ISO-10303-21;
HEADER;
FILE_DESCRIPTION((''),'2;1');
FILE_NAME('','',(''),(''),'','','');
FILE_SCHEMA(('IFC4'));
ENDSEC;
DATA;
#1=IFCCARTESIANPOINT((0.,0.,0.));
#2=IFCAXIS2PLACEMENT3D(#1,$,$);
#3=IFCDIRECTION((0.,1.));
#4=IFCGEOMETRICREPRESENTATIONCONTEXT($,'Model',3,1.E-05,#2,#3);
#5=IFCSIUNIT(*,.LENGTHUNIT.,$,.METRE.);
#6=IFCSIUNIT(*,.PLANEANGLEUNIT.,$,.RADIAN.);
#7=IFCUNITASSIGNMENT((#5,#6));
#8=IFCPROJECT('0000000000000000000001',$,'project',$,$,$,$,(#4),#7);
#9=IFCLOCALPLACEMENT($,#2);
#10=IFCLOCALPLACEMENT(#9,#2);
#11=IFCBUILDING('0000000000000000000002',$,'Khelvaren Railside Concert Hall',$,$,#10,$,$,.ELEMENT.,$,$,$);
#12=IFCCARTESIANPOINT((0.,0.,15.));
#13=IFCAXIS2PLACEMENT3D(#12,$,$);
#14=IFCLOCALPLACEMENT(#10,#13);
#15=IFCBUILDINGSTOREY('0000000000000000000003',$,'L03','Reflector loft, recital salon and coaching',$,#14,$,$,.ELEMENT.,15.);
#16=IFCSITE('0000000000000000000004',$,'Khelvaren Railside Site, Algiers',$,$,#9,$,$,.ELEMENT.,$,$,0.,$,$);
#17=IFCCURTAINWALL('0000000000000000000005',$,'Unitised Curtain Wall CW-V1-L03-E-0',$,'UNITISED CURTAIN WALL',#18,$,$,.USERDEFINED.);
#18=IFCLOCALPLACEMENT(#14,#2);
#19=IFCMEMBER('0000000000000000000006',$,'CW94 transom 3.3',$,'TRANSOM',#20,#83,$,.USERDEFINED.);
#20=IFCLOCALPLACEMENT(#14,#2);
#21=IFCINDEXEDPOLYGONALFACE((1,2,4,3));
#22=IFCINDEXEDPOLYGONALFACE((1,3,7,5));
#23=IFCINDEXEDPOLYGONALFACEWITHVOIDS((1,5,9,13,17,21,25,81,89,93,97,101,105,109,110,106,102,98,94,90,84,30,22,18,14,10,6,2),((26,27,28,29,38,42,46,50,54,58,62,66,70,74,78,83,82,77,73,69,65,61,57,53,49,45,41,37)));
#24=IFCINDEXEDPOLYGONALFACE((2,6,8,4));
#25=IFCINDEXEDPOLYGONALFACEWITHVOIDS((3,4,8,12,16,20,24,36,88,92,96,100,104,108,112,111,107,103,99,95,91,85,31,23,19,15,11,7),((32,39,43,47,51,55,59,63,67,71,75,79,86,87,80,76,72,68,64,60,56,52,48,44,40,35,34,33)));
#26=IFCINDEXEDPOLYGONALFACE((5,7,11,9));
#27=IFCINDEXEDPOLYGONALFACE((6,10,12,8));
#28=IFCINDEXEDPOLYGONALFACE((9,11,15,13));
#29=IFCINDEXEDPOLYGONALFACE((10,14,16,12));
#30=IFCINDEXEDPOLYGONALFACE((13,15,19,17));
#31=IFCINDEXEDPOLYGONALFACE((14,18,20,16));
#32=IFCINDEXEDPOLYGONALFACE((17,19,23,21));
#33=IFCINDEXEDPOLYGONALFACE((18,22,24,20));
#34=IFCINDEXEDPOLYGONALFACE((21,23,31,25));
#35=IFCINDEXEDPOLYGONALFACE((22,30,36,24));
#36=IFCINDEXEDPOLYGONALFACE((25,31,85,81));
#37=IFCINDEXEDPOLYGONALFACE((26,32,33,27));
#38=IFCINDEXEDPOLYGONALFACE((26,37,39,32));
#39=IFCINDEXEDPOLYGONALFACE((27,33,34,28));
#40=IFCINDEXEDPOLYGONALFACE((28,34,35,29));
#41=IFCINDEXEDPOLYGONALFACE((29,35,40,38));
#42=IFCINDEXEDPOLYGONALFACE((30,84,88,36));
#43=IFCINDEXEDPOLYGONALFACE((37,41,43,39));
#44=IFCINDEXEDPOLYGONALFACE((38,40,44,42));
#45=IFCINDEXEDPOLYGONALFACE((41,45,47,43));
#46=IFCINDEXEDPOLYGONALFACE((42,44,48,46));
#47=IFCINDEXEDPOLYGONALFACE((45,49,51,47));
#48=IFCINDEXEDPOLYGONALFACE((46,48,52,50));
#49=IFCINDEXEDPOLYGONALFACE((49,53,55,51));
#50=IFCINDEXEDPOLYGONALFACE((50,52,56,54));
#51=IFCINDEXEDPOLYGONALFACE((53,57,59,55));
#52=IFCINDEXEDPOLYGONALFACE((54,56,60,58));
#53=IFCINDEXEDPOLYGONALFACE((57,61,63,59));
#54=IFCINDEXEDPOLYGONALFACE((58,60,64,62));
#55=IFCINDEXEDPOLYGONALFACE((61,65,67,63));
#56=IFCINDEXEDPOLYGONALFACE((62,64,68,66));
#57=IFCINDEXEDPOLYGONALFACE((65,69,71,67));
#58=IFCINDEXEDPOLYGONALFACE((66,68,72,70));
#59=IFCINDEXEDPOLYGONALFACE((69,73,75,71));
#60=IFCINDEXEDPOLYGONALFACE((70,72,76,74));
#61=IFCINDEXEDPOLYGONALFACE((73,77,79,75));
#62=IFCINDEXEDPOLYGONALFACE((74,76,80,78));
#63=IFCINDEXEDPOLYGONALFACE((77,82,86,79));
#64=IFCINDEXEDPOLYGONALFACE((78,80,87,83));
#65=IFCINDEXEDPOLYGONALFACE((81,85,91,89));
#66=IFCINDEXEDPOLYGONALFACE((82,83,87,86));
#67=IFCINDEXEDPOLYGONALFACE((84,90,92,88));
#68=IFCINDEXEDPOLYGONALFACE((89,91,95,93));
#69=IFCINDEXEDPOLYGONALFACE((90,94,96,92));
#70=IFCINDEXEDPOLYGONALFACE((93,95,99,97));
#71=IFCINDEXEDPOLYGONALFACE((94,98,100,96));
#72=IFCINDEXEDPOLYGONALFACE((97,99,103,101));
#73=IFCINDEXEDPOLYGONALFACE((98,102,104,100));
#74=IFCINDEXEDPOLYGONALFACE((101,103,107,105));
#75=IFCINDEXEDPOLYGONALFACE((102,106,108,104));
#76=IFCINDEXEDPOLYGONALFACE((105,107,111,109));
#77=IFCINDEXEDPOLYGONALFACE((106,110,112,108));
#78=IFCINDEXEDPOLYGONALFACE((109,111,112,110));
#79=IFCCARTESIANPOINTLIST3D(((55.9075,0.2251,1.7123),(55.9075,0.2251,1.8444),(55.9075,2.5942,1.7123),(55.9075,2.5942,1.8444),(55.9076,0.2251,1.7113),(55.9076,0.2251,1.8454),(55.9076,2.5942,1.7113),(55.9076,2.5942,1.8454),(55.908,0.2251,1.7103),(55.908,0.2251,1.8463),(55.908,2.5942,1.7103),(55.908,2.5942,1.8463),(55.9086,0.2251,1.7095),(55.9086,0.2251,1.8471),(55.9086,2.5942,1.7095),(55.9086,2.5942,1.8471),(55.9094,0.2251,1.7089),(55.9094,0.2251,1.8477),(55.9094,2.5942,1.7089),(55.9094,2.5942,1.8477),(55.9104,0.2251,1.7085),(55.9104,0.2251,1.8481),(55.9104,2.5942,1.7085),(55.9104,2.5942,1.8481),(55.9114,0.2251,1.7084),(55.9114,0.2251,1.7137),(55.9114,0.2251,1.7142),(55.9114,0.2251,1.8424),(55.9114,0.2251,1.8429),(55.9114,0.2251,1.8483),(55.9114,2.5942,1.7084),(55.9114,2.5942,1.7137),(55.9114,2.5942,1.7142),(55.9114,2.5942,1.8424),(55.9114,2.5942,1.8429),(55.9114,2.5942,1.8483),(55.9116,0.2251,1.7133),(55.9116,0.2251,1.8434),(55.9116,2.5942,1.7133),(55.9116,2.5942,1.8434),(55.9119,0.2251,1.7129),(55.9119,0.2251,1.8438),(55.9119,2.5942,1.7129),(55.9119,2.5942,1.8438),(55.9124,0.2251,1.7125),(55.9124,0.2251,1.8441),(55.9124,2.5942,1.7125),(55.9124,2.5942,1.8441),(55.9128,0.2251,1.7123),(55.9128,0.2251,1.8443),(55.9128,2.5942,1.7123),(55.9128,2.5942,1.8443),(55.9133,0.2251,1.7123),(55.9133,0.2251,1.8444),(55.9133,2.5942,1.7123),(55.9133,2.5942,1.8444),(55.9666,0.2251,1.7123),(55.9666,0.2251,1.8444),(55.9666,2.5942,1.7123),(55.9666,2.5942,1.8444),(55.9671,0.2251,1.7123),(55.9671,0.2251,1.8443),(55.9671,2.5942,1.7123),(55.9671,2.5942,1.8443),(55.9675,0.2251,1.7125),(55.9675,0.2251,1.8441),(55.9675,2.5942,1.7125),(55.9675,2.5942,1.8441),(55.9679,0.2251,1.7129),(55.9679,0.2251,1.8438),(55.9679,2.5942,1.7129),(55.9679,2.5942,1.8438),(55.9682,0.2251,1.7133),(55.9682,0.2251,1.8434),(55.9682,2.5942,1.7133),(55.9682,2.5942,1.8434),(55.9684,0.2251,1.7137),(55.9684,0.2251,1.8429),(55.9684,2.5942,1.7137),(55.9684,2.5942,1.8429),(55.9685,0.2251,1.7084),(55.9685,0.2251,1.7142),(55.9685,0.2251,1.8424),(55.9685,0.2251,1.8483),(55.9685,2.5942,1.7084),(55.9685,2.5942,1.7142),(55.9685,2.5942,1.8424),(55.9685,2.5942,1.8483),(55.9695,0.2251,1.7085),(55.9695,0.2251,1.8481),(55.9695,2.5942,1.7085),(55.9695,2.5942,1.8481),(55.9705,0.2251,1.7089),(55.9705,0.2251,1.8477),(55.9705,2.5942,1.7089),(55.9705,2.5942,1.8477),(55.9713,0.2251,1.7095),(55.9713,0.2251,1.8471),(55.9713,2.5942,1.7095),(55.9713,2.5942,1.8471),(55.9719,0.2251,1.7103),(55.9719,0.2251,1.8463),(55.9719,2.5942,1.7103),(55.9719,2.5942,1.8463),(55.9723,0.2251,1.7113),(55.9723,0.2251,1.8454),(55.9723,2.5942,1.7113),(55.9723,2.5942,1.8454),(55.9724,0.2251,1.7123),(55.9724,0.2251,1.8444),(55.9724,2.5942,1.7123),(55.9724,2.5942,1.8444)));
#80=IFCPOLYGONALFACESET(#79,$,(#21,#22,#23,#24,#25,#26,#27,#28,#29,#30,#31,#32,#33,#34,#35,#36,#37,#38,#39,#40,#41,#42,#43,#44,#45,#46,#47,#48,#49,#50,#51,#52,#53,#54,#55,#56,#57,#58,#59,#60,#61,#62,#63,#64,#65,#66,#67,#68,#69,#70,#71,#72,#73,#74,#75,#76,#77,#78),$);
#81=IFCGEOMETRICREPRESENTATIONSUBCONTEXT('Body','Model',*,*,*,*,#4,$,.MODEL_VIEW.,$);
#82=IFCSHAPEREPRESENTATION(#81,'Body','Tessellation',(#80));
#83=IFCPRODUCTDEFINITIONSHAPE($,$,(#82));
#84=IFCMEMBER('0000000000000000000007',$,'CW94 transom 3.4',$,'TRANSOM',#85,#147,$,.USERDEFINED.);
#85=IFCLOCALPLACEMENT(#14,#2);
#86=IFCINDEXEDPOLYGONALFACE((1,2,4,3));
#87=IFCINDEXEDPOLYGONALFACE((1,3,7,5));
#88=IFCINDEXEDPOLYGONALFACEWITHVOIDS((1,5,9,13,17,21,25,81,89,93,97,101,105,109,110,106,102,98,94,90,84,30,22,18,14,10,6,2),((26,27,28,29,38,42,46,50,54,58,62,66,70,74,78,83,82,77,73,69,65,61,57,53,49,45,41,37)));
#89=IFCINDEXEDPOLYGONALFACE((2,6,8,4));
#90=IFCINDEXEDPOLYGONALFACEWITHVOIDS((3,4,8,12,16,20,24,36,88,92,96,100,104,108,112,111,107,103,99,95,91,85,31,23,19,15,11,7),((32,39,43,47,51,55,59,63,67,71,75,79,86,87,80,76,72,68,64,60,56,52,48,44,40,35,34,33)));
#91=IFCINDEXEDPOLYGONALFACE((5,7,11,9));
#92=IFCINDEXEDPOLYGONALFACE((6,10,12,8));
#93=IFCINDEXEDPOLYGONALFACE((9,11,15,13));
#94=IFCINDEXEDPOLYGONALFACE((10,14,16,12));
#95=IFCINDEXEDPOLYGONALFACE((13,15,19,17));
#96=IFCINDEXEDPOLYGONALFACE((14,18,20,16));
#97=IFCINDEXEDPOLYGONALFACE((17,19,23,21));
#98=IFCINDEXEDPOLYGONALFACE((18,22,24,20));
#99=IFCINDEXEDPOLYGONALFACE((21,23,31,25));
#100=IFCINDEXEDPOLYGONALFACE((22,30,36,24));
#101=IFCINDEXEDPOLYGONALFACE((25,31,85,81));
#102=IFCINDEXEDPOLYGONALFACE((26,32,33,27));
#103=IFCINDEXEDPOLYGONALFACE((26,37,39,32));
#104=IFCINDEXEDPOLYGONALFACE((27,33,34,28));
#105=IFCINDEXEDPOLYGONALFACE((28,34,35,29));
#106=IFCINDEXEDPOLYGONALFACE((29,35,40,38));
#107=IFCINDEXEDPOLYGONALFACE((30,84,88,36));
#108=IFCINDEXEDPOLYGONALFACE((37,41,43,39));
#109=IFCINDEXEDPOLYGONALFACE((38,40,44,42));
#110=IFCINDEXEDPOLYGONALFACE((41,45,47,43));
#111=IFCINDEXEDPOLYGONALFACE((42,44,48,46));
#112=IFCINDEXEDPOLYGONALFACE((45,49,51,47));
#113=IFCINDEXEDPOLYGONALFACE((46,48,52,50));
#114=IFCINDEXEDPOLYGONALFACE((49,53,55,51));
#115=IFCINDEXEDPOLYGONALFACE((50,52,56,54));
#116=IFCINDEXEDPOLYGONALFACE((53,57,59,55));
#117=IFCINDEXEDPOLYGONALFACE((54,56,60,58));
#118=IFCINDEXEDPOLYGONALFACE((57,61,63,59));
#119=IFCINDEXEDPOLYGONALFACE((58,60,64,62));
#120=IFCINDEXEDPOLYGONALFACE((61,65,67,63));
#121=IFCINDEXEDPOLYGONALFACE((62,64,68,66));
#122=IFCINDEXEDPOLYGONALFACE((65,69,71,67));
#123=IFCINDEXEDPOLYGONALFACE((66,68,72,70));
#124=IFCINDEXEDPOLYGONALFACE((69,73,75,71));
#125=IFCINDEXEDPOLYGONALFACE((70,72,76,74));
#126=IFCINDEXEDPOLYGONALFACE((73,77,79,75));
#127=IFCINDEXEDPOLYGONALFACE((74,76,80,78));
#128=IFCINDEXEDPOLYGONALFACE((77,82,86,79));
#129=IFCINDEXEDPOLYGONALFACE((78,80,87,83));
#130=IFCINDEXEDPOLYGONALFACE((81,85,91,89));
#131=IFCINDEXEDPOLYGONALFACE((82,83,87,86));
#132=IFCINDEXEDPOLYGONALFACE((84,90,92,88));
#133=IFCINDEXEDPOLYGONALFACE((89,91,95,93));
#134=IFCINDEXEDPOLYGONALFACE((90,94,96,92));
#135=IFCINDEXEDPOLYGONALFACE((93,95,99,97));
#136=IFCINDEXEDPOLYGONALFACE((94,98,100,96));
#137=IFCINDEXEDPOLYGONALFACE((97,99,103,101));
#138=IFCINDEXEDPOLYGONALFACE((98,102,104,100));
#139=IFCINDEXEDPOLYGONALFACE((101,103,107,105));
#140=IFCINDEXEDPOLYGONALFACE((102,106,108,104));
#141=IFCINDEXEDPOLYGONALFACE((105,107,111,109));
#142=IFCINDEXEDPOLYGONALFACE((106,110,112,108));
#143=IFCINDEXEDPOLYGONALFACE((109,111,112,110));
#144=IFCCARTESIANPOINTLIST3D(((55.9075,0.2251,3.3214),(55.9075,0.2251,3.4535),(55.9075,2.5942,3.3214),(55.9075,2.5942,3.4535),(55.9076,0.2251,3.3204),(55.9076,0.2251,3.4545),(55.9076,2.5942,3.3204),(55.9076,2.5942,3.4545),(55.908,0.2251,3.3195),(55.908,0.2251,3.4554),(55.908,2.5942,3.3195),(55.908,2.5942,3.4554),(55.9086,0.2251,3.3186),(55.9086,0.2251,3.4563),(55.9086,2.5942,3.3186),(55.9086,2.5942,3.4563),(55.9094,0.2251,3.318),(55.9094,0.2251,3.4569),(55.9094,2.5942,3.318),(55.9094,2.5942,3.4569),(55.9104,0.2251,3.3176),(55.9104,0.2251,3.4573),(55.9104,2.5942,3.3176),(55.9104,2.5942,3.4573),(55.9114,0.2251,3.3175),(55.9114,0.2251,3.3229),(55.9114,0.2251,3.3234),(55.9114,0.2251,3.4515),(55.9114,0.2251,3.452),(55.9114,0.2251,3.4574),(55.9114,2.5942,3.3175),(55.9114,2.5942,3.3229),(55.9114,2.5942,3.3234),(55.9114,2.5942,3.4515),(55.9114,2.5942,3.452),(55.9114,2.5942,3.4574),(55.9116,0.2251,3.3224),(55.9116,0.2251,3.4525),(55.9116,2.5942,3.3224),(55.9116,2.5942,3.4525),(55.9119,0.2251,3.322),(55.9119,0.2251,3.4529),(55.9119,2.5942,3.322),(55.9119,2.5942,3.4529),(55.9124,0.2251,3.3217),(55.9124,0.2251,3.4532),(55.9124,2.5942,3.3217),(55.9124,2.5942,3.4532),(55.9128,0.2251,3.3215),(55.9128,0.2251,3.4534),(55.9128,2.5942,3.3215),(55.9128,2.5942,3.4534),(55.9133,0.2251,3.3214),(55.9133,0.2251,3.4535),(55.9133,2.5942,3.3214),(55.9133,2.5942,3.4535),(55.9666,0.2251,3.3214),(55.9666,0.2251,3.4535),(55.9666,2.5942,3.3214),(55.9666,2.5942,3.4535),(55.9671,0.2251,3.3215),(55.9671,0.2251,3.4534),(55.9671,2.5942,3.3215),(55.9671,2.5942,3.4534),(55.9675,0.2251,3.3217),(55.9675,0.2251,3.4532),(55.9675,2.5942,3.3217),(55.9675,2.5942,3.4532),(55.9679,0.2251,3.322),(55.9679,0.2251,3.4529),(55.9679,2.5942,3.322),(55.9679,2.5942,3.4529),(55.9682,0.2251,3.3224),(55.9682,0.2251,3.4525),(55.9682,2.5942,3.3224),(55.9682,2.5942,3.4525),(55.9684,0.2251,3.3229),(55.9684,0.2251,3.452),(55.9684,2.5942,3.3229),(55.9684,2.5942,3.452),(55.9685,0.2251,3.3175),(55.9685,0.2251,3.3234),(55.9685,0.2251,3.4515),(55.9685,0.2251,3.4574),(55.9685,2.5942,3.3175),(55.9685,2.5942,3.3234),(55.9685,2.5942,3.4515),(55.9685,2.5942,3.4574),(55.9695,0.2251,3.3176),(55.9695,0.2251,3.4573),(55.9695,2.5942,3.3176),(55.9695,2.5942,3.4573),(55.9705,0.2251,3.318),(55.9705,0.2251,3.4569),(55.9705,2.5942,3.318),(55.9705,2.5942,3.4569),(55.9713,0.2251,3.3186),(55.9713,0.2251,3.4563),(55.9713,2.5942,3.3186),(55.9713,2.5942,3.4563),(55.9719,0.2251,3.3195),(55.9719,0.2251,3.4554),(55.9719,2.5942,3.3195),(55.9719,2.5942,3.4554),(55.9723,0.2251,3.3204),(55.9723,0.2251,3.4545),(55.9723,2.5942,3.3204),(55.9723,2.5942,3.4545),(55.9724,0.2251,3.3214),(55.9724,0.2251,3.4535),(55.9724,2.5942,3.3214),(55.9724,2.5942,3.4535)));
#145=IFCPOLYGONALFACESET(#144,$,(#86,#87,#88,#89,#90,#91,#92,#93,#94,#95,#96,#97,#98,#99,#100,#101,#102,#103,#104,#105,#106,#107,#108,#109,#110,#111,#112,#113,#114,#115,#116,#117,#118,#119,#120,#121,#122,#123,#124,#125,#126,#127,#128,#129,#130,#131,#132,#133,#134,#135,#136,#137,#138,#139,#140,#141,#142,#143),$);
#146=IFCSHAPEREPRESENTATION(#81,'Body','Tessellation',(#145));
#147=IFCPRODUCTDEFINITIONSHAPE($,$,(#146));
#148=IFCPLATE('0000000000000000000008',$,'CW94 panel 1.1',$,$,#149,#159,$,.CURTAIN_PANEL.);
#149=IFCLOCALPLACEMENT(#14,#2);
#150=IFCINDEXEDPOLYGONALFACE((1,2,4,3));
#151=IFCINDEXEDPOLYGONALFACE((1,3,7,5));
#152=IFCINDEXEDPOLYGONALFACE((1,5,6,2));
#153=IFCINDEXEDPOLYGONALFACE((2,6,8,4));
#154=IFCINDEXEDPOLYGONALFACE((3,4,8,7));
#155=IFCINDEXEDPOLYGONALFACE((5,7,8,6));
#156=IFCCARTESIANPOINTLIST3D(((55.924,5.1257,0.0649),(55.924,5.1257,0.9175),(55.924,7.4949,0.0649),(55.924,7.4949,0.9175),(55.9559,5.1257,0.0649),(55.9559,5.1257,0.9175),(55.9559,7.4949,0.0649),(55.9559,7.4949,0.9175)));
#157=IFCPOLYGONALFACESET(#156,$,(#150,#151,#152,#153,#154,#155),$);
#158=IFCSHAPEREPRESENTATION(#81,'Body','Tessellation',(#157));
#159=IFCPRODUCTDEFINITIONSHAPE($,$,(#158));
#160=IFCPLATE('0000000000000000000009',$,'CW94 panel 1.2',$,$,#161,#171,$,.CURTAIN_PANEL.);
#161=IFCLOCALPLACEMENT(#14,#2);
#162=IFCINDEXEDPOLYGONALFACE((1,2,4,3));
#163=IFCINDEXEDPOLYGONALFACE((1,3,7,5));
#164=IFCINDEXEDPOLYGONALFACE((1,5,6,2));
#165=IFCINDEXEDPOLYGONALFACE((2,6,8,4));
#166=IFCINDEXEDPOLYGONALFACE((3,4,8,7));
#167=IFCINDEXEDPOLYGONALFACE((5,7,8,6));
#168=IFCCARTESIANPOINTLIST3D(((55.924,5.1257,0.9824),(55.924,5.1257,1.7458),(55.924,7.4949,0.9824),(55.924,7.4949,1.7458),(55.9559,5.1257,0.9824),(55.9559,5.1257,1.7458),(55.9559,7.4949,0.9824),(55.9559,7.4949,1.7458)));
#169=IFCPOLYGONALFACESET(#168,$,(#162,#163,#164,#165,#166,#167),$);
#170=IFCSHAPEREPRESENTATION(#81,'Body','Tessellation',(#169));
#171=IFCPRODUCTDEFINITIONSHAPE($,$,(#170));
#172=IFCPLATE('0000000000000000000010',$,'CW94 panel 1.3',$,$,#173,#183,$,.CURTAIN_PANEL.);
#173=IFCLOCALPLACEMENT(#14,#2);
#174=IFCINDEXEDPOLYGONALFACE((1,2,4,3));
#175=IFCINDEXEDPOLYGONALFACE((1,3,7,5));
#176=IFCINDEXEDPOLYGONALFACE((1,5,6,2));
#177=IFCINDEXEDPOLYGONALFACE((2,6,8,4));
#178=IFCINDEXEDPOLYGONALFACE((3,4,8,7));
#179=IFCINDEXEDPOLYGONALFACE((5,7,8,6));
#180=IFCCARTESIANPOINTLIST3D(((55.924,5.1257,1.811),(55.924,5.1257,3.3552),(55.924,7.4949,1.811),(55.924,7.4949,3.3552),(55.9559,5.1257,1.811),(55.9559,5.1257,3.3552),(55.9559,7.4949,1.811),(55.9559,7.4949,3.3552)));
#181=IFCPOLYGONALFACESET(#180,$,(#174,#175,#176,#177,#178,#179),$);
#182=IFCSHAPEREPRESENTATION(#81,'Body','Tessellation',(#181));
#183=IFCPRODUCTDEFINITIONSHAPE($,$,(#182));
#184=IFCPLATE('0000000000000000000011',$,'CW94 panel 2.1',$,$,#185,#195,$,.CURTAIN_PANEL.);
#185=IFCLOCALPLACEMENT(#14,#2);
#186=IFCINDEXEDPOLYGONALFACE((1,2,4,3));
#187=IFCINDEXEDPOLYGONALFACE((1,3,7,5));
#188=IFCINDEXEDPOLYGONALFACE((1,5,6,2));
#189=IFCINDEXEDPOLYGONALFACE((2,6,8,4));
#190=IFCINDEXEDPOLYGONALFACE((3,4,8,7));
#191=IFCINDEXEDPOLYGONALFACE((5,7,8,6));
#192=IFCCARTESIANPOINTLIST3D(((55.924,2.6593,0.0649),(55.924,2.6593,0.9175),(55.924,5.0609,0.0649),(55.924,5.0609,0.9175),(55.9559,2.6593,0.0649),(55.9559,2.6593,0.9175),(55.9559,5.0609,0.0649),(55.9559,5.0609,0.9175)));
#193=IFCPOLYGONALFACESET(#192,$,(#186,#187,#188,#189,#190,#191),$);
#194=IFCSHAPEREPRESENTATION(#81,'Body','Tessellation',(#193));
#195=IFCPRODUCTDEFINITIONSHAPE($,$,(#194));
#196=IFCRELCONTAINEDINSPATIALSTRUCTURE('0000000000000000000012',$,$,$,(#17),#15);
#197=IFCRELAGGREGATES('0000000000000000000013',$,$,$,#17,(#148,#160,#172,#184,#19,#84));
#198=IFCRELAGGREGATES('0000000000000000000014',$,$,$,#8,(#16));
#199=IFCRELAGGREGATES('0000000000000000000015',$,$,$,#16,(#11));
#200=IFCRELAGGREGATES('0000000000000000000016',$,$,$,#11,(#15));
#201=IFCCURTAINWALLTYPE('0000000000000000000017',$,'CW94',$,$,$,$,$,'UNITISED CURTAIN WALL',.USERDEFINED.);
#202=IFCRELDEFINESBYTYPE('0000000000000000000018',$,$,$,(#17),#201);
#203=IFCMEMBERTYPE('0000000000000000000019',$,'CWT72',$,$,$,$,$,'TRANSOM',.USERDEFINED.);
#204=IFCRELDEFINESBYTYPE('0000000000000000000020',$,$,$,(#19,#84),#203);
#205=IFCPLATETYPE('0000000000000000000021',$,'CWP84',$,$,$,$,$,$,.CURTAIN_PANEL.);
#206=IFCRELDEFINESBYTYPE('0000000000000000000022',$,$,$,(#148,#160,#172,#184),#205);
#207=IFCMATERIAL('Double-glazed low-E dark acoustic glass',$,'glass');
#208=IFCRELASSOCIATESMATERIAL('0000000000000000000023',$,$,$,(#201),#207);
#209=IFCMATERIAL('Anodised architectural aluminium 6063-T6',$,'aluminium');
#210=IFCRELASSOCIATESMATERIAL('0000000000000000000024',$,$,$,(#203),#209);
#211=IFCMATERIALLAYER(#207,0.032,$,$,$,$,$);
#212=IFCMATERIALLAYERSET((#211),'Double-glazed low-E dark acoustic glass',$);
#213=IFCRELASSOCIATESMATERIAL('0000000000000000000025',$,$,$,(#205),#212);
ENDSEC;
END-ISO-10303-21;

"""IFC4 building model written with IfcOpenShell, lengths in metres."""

from ifc_helpers import new_model, si_unit, direction, frame, origin, origin_2d, place, context, subcontext, project, spatial, rectangle, hollow_rectangle, extrude, material, layer, layer_set, material_profile, profile_set, type_object, element, aggregate, save


model = new_model("IFC4")

# Units and contexts
model_context = context("Model", 3, precision=1e-05, world=origin(), true_north=direction((0.0, 1.0)))
body_context = subcontext(model_context, "Body", "Model", "MODEL_VIEW")
ifc_project = project(units=[si_unit("LENGTHUNIT", "METRE"), si_unit("PLANEANGLEUNIT", "RADIAN")], contexts=[model_context])

# Site, building, storey
site_placement = place(None, origin())
site = spatial("IfcSite", under=ifc_project, at=site_placement, Name="Khelvaren Railside Site, Algiers", CompositionType="ELEMENT", RefElevation=0.0)
building_placement = place(site_placement, origin())
building = spatial("IfcBuilding", under=site, at=building_placement, Name="Khelvaren Railside Concert Hall", CompositionType="ELEMENT")
storey_placement = place(building_placement, frame((0.0, 0.0, 15.0)))
storey = spatial("IfcBuildingStorey", under=building, at=storey_placement, Name="L03", Description="Reflector loft, recital salon and coaching", CompositionType="ELEMENT", Elevation=15.0)

# Curtain wall
ifc_material_1 = material(Name="Double-glazed low-E dark acoustic glass", Category="glass")
curtain_wall_type_1 = type_object("IfcCurtainWallType", Name="CW94", ElementType="UNITISED CURTAIN WALL", PredefinedType="USERDEFINED", material=ifc_material_1)
curtain_wall_1_placement = place(storey_placement, origin())
curtain_wall_1 = element("IfcCurtainWall", 1, at=curtain_wall_1_placement, inside=storey, type_object=curtain_wall_type_1, Name="Unitised Curtain Wall CW-V1-L03-E-0", ObjectType="UNITISED CURTAIN WALL", PredefinedType="USERDEFINED")
ifc_material_2 = material(Name="Anodised architectural aluminium 6063-T6", Category="aluminium")

# Members
ifc_material_profile_1 = material_profile(ifc_material_2, hollow_rectangle(XDim=0.0649, YDim=0.1399, WallThickness=0.0039, InnerFilletRadius=0.002, OuterFilletRadius=0.0039, at=origin_2d()), Name="CWT 65x140x4")
ifc_profile_set_1 = profile_set([ifc_material_profile_1], Name="Anodised architectural aluminium 6063-T6")
member_type_1 = type_object("IfcMemberType", Name="CWT72", ElementType="TRANSOM", PredefinedType="USERDEFINED", material=ifc_profile_set_1)
member_1_placement = place(storey_placement, frame((55.9399, 2.5942, 1.7783), z_axis=(0.0, -1.0, 0.0), x_axis=(1.0, 0.0, 0.0)))
member_1 = element("IfcMember", 2, at=member_1_placement, type_object=member_type_1, Name="CW94 transom 3.3", ObjectType="TRANSOM", PredefinedType="USERDEFINED", context=body_context, shape_type="SweptSolid", body=[
    extrude(hollow_rectangle(XDim=0.0649, YDim=0.1399, WallThickness=0.0039, InnerFilletRadius=0.002, OuterFilletRadius=0.0039, at=origin_2d()), origin(), (0.0, 0.0, 1.0), 2.3691),
])
member_2_placement = place(storey_placement, frame((55.9399, 2.5942, 3.3875), z_axis=(0.0, -1.0, 0.0), x_axis=(1.0, 0.0, 0.0)))
member_2 = element("IfcMember", 3, at=member_2_placement, type_object=member_type_1, Name="CW94 transom 3.4", ObjectType="TRANSOM", PredefinedType="USERDEFINED", context=body_context, shape_type="SweptSolid", body=[
    extrude(hollow_rectangle(XDim=0.0649, YDim=0.1399, WallThickness=0.0039, InnerFilletRadius=0.002, OuterFilletRadius=0.0039, at=origin_2d()), origin(), (0.0, 0.0, 1.0), 2.3691),
])

# Plates
ifc_layer_1 = layer(ifc_material_1, 0.032)
ifc_layer_set_1 = layer_set([ifc_layer_1], Name="Double-glazed low-E dark acoustic glass")
plate_type = type_object("IfcPlateType", Name="CWP84", PredefinedType="CURTAIN_PANEL", material=ifc_layer_set_1)
plate_1_placement = place(storey_placement, frame((55.9399, 6.3103, 0.0649), z_axis=(0.0, 0.0, 1.0), x_axis=(0.0, -1.0, 0.0)))
plate_1 = element("IfcPlate", 4, at=plate_1_placement, type_object=plate_type, Name="CW94 panel 1.1", PredefinedType="CURTAIN_PANEL", context=body_context, shape_type="SweptSolid", body=[
    extrude(rectangle(XDim=2.3691, YDim=0.032, at=origin_2d()), origin(), (0.0, 0.0, 1.0), 0.8525),
])
plate_2_placement = place(storey_placement, frame((55.9399, 6.3103, 0.9824), z_axis=(0.0, 0.0, 1.0), x_axis=(0.0, -1.0, 0.0)))
plate_2 = element("IfcPlate", 5, at=plate_2_placement, type_object=plate_type, Name="CW94 panel 1.2", PredefinedType="CURTAIN_PANEL", context=body_context, shape_type="SweptSolid", body=[
    extrude(rectangle(XDim=2.3691, YDim=0.032, at=origin_2d()), origin(), (0.0, 0.0, 1.0), 0.7634),
])
plate_3_placement = place(storey_placement, frame((55.9399, 6.3103, 1.811), z_axis=(0.0, 0.0, 1.0), x_axis=(0.0, -1.0, 0.0)))
plate_3 = element("IfcPlate", 6, at=plate_3_placement, type_object=plate_type, Name="CW94 panel 1.3", PredefinedType="CURTAIN_PANEL", context=body_context, shape_type="SweptSolid", body=[
    extrude(rectangle(XDim=2.3691, YDim=0.032, at=origin_2d()), origin(), (0.0, 0.0, 1.0), 1.5442),
])
plate_4_placement = place(storey_placement, frame((55.9399, 3.8601, 0.0649), z_axis=(0.0, 0.0, 1.0), x_axis=(0.0, -1.0, 0.0)))
plate_4 = element("IfcPlate", 7, at=plate_4_placement, type_object=plate_type, Name="CW94 panel 2.1", PredefinedType="CURTAIN_PANEL", context=body_context, shape_type="SweptSolid", body=[
    extrude(rectangle(XDim=2.4016, YDim=0.032, at=origin_2d()), origin(), (0.0, 0.0, 1.0), 0.8525),
])
aggregate(curtain_wall_1, [plate_1, plate_2, plate_3, plate_4, member_1, member_2])

save(model, "model.ifc")
